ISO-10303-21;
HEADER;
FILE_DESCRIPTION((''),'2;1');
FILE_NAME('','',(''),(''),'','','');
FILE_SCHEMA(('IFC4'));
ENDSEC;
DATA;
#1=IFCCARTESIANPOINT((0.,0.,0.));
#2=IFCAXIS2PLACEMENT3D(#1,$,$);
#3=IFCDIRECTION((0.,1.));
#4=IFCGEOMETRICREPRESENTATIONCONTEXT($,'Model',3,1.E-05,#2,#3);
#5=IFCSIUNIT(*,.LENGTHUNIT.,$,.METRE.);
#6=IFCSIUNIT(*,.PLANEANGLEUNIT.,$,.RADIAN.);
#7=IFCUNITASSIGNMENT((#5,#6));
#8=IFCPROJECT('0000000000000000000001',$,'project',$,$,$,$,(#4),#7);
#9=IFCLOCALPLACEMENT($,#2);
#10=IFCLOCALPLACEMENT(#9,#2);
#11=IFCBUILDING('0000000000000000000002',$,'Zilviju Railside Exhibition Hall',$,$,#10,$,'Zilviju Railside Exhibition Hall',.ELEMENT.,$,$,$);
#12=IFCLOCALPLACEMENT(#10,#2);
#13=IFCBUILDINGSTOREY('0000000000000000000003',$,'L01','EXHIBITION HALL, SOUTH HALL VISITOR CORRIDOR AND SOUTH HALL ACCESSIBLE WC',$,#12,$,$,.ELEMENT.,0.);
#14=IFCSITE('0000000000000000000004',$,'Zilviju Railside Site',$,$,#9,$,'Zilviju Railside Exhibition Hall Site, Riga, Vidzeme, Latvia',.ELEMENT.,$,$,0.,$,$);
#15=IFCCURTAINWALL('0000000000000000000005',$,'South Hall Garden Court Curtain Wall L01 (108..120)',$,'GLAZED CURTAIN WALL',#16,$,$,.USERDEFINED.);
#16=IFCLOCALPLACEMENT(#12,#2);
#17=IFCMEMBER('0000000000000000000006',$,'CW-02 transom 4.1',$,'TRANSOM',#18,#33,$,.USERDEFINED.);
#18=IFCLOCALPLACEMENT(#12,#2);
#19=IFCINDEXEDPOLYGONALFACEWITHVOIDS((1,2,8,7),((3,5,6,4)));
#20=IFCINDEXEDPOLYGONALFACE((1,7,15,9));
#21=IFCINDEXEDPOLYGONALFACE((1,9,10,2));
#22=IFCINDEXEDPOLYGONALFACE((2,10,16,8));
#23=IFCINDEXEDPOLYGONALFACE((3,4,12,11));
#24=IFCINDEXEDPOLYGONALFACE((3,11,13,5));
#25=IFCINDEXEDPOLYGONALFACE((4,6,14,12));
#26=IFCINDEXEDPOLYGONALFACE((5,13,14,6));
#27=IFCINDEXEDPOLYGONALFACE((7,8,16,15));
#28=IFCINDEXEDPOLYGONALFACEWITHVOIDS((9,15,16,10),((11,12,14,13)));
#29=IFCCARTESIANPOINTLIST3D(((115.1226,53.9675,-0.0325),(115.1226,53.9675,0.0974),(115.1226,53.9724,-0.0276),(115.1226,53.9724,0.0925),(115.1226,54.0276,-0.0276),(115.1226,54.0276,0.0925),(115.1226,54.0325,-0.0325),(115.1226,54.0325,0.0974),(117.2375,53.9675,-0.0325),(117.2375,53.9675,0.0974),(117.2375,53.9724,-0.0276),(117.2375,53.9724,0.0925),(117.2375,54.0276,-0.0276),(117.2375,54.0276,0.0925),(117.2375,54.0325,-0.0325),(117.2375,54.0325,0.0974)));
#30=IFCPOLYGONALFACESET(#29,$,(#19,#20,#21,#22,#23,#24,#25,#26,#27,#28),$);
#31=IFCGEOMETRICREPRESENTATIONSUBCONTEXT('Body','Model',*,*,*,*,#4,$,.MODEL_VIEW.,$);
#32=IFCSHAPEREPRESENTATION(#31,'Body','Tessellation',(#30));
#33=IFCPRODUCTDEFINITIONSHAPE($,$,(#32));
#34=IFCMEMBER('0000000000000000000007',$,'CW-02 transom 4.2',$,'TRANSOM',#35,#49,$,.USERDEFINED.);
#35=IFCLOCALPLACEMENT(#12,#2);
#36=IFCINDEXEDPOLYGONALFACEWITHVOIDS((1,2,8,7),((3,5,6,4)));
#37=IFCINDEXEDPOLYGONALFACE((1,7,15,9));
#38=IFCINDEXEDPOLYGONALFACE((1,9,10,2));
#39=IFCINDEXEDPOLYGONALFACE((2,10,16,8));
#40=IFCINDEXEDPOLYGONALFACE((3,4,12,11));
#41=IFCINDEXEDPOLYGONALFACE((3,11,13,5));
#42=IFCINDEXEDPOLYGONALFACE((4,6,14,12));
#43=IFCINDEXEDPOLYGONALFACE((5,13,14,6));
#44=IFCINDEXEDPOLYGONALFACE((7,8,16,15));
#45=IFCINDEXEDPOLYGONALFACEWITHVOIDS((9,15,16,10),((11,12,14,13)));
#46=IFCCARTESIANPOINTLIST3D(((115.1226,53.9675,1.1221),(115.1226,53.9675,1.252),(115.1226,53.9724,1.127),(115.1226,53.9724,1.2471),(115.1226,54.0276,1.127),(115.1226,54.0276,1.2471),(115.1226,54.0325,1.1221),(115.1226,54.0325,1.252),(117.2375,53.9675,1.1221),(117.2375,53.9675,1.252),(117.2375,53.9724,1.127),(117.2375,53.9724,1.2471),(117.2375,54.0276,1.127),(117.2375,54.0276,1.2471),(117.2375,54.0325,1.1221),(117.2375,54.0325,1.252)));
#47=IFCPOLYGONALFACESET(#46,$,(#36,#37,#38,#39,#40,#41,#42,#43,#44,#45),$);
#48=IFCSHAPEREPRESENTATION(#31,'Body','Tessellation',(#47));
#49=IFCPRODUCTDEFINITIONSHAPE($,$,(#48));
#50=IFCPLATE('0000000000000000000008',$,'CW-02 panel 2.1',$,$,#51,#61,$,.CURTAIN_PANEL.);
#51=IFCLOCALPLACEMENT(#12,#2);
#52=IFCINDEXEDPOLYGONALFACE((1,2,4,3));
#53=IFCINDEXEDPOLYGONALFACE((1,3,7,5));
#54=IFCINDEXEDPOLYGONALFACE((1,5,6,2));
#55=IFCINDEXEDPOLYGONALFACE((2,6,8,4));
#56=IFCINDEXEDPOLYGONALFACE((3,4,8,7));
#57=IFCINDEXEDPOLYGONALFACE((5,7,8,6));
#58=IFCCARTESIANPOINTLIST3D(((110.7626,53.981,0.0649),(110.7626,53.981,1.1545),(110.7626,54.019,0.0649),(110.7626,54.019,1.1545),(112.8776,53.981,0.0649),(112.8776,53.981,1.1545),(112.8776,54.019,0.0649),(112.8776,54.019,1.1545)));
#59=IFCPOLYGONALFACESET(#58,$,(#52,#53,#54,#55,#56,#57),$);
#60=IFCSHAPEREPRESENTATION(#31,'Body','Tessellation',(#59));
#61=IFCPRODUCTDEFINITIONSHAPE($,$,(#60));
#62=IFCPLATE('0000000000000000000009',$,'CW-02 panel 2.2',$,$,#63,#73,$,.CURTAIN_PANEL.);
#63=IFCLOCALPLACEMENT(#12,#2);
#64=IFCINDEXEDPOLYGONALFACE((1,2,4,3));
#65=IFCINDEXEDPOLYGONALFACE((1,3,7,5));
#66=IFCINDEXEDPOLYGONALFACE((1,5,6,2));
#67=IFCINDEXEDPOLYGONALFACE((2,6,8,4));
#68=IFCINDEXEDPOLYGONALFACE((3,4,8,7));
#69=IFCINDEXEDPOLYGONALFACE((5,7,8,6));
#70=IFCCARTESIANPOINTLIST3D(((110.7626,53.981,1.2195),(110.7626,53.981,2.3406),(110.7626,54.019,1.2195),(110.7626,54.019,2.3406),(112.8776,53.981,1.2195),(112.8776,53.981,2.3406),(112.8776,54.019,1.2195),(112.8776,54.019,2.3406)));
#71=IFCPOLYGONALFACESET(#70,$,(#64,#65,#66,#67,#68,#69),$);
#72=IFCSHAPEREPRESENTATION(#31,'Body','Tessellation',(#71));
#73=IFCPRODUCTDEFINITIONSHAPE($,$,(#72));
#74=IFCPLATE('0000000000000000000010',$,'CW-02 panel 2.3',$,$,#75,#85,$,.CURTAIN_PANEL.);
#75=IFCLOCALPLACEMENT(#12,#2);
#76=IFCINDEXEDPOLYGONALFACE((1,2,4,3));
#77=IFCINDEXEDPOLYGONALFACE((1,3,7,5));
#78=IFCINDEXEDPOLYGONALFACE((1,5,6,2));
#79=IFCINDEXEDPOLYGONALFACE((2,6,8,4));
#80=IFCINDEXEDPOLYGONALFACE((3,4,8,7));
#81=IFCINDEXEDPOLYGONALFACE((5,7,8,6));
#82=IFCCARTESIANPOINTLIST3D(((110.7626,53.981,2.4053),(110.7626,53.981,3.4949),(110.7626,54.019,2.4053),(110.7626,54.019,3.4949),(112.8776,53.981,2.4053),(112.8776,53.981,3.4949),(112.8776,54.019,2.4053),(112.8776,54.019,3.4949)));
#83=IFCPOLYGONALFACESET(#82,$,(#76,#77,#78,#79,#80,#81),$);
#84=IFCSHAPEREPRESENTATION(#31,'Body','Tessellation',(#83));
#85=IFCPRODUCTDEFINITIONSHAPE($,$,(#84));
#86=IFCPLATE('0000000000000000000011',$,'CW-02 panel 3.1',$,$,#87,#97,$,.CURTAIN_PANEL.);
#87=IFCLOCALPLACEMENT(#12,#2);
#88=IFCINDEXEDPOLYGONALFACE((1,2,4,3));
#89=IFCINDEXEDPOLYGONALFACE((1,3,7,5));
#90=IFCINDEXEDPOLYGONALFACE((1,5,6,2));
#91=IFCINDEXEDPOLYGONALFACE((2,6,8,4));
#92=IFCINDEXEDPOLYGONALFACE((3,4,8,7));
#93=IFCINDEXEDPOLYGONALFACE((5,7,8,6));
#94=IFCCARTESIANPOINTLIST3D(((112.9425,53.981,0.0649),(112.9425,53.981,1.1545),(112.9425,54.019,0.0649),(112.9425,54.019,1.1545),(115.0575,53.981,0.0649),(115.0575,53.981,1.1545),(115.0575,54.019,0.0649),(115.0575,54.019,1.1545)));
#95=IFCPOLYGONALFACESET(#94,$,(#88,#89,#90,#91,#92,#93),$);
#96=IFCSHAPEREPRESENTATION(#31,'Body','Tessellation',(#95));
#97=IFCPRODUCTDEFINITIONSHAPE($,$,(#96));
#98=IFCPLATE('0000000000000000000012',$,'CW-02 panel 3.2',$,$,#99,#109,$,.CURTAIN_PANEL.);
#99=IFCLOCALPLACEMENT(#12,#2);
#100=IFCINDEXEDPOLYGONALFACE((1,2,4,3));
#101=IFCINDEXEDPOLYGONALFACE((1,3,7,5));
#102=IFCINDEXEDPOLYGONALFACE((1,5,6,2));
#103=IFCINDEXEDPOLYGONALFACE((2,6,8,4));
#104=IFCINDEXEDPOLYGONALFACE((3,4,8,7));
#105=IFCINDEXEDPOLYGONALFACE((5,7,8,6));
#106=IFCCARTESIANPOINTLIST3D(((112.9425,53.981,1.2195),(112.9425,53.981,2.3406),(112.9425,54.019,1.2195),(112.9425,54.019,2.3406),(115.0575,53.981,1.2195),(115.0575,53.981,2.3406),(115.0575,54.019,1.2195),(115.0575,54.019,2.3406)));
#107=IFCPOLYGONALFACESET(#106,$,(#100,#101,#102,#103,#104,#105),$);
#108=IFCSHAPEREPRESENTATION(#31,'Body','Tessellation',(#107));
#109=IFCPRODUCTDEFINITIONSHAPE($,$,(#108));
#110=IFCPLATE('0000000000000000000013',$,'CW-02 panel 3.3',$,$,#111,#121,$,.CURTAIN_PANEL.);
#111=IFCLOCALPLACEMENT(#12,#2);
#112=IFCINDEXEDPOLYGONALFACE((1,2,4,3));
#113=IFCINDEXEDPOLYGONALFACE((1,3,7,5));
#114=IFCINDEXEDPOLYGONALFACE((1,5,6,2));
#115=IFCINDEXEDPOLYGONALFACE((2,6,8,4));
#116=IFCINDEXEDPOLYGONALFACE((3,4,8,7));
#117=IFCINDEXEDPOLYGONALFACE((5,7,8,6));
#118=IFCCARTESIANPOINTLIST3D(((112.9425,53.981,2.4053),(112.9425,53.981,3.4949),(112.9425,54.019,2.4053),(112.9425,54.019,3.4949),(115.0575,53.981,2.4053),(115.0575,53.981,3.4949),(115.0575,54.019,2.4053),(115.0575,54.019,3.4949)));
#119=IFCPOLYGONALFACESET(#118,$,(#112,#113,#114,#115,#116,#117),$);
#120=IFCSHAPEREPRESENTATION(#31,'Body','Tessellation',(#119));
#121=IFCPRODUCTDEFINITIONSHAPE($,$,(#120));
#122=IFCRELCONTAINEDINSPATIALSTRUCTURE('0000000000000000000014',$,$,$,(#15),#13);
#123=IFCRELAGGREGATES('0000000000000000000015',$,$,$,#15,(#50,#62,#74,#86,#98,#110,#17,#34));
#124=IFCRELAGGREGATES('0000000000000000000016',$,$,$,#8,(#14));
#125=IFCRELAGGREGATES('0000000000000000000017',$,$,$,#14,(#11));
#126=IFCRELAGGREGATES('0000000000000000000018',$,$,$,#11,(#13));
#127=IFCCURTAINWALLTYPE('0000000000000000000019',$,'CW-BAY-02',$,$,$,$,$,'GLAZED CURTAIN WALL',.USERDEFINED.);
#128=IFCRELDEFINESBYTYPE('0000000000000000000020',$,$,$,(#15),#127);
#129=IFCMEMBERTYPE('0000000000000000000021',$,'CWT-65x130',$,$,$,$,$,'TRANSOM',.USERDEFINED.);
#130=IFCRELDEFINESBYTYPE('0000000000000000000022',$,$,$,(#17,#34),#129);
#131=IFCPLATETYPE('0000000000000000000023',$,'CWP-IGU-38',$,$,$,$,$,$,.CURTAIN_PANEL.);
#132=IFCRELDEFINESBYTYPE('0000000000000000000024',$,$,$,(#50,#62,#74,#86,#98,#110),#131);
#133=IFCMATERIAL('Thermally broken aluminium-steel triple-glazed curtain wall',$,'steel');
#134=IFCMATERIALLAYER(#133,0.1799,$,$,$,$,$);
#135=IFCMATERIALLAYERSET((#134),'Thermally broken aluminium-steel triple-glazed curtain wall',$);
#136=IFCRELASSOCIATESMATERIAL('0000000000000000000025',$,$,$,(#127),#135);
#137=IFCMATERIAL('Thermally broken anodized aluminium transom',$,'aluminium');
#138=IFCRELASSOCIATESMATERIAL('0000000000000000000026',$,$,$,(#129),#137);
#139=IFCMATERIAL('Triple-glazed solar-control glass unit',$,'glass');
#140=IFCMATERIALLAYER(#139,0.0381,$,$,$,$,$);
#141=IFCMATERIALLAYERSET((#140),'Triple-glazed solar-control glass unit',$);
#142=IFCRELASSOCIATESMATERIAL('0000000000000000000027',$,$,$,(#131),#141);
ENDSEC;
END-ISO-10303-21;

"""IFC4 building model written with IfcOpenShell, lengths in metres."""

from ifc_helpers import new_model, si_unit, direction, frame, origin, origin_2d, place, context, subcontext, project, spatial, rectangle, hollow_rectangle, extrude, material, layer, layer_set, material_profile, profile_set, type_object, element, aggregate, save


model = new_model("IFC4")

# Units and contexts
model_context = context("Model", 3, precision=1e-05, world=origin(), true_north=direction((0.0, 1.0)))
body_context = subcontext(model_context, "Body", "Model", "MODEL_VIEW")
ifc_project = project(units=[si_unit("LENGTHUNIT", "METRE"), si_unit("PLANEANGLEUNIT", "RADIAN")], contexts=[model_context])

# Site, building, storey
site_placement = place(None, origin())
site = spatial("IfcSite", under=ifc_project, at=site_placement, Name="Zilviju Railside Site", LongName="Zilviju Railside Exhibition Hall Site, Riga, Vidzeme, Latvia", CompositionType="ELEMENT", RefElevation=0.0)
building_placement = place(site_placement, origin())
building = spatial("IfcBuilding", under=site, at=building_placement, Name="Zilviju Railside Exhibition Hall", LongName="Zilviju Railside Exhibition Hall", CompositionType="ELEMENT")
storey_placement = place(building_placement, origin())
storey = spatial("IfcBuildingStorey", under=building, at=storey_placement, Name="L01", Description="EXHIBITION HALL, SOUTH HALL VISITOR CORRIDOR AND SOUTH HALL ACCESSIBLE WC", CompositionType="ELEMENT", Elevation=0.0)

# Curtain wall, members, plates
ifc_material_1 = material(Name="Thermally broken aluminium-steel triple-glazed curtain wall", Category="steel")
ifc_layer_1 = layer(ifc_material_1, 0.1799)
ifc_layer_set_1 = layer_set([ifc_layer_1], Name="Thermally broken aluminium-steel triple-glazed curtain wall")
curtain_wall_type = type_object("IfcCurtainWallType", Name="CW-BAY-02", ElementType="GLAZED CURTAIN WALL", PredefinedType="USERDEFINED", material=ifc_layer_set_1)
curtain_wall_placement = place(storey_placement, origin())
curtain_wall = element("IfcCurtainWall", 1, at=curtain_wall_placement, inside=storey, type_object=curtain_wall_type, Name="South Hall Garden Court Curtain Wall L01 (108..120)", ObjectType="GLAZED CURTAIN WALL", PredefinedType="USERDEFINED")
ifc_material_2 = material(Name="Thermally broken anodized aluminium transom", Category="aluminium")
ifc_material_profile_1 = material_profile(ifc_material_2, hollow_rectangle(XDim=0.0649, YDim=0.1299, WallThickness=0.0049, at=origin_2d()), Name="TRANSOM 130x65x5")
ifc_profile_set_1 = profile_set([ifc_material_profile_1], Name="Thermally broken anodized aluminium transom")
member_type_1 = type_object("IfcMemberType", Name="CWT-65x130", ElementType="TRANSOM", PredefinedType="USERDEFINED", material=ifc_profile_set_1)
member_1_placement = place(storey_placement, frame((115.1226, 54.0, 0.0325), z_axis=(1.0, 0.0, 0.0), x_axis=(0.0, 1.0, 0.0)))
member_1 = element("IfcMember", 2, at=member_1_placement, type_object=member_type_1, Name="CW-02 transom 4.1", ObjectType="TRANSOM", PredefinedType="USERDEFINED", context=body_context, shape_type="SweptSolid", body=[
    extrude(hollow_rectangle(XDim=0.0649, YDim=0.1299, WallThickness=0.0049, at=origin_2d()), origin(), (0.0, 0.0, 1.0), 2.115),
])
member_2_placement = place(storey_placement, frame((115.1226, 54.0, 1.187), z_axis=(1.0, 0.0, 0.0), x_axis=(0.0, 1.0, 0.0)))
member_2 = element("IfcMember", 3, at=member_2_placement, type_object=member_type_1, Name="CW-02 transom 4.2", ObjectType="TRANSOM", PredefinedType="USERDEFINED", context=body_context, shape_type="SweptSolid", body=[
    extrude(hollow_rectangle(XDim=0.0649, YDim=0.1299, WallThickness=0.0049, at=origin_2d()), origin(), (0.0, 0.0, 1.0), 2.115),
])
ifc_material_3 = material(Name="Triple-glazed solar-control glass unit", Category="glass")
ifc_layer_2 = layer(ifc_material_3, 0.0381)
ifc_layer_set_2 = layer_set([ifc_layer_2], Name="Triple-glazed solar-control glass unit")
plate_type = type_object("IfcPlateType", Name="CWP-IGU-38", PredefinedType="CURTAIN_PANEL", material=ifc_layer_set_2)
plate_1_placement = place(storey_placement, frame((111.8201, 54.0, 0.0649), z_axis=(0.0, 0.0, 1.0), x_axis=(1.0, 0.0, 0.0)))
plate_1 = element("IfcPlate", 4, at=plate_1_placement, type_object=plate_type, Name="CW-02 panel 2.1", PredefinedType="CURTAIN_PANEL", context=body_context, shape_type="SweptSolid", body=[
    extrude(rectangle(XDim=2.115, YDim=0.0381, at=origin_2d()), origin(), (0.0, 0.0, 1.0), 1.0896),
])
plate_2_placement = place(storey_placement, frame((111.8201, 54.0, 1.2195), z_axis=(0.0, 0.0, 1.0), x_axis=(1.0, 0.0, 0.0)))
plate_2 = element("IfcPlate", 5, at=plate_2_placement, type_object=plate_type, Name="CW-02 panel 2.2", PredefinedType="CURTAIN_PANEL", context=body_context, shape_type="SweptSolid", body=[
    extrude(rectangle(XDim=2.115, YDim=0.0381, at=origin_2d()), origin(), (0.0, 0.0, 1.0), 1.1211),
])
plate_3_placement = place(storey_placement, frame((111.8201, 54.0, 2.4053), z_axis=(0.0, 0.0, 1.0), x_axis=(1.0, 0.0, 0.0)))
plate_3 = element("IfcPlate", 6, at=plate_3_placement, type_object=plate_type, Name="CW-02 panel 2.3", PredefinedType="CURTAIN_PANEL", context=body_context, shape_type="SweptSolid", body=[
    extrude(rectangle(XDim=2.115, YDim=0.0381, at=origin_2d()), origin(), (0.0, 0.0, 1.0), 1.0896),
])
plate_4_placement = place(storey_placement, frame((114.0, 54.0, 0.0649), z_axis=(0.0, 0.0, 1.0), x_axis=(1.0, 0.0, 0.0)))
plate_4 = element("IfcPlate", 7, at=plate_4_placement, type_object=plate_type, Name="CW-02 panel 3.1", PredefinedType="CURTAIN_PANEL", context=body_context, shape_type="SweptSolid", body=[
    extrude(rectangle(XDim=2.115, YDim=0.0381, at=origin_2d()), origin(), (0.0, 0.0, 1.0), 1.0896),
])
plate_5_placement = place(storey_placement, frame((114.0, 54.0, 1.2195), z_axis=(0.0, 0.0, 1.0), x_axis=(1.0, 0.0, 0.0)))
plate_5 = element("IfcPlate", 8, at=plate_5_placement, type_object=plate_type, Name="CW-02 panel 3.2", PredefinedType="CURTAIN_PANEL", context=body_context, shape_type="SweptSolid", body=[
    extrude(rectangle(XDim=2.115, YDim=0.0381, at=origin_2d()), origin(), (0.0, 0.0, 1.0), 1.1211),
])
plate_6_placement = place(storey_placement, frame((114.0, 54.0, 2.4053), z_axis=(0.0, 0.0, 1.0), x_axis=(1.0, 0.0, 0.0)))
plate_6 = element("IfcPlate", 9, at=plate_6_placement, type_object=plate_type, Name="CW-02 panel 3.3", PredefinedType="CURTAIN_PANEL", context=body_context, shape_type="SweptSolid", body=[
    extrude(rectangle(XDim=2.115, YDim=0.0381, at=origin_2d()), origin(), (0.0, 0.0, 1.0), 1.0896),
])
aggregate(curtain_wall, [plate_1, plate_2, plate_3, plate_4, plate_5, plate_6, member_1, member_2])

save(model, "model.ifc")
